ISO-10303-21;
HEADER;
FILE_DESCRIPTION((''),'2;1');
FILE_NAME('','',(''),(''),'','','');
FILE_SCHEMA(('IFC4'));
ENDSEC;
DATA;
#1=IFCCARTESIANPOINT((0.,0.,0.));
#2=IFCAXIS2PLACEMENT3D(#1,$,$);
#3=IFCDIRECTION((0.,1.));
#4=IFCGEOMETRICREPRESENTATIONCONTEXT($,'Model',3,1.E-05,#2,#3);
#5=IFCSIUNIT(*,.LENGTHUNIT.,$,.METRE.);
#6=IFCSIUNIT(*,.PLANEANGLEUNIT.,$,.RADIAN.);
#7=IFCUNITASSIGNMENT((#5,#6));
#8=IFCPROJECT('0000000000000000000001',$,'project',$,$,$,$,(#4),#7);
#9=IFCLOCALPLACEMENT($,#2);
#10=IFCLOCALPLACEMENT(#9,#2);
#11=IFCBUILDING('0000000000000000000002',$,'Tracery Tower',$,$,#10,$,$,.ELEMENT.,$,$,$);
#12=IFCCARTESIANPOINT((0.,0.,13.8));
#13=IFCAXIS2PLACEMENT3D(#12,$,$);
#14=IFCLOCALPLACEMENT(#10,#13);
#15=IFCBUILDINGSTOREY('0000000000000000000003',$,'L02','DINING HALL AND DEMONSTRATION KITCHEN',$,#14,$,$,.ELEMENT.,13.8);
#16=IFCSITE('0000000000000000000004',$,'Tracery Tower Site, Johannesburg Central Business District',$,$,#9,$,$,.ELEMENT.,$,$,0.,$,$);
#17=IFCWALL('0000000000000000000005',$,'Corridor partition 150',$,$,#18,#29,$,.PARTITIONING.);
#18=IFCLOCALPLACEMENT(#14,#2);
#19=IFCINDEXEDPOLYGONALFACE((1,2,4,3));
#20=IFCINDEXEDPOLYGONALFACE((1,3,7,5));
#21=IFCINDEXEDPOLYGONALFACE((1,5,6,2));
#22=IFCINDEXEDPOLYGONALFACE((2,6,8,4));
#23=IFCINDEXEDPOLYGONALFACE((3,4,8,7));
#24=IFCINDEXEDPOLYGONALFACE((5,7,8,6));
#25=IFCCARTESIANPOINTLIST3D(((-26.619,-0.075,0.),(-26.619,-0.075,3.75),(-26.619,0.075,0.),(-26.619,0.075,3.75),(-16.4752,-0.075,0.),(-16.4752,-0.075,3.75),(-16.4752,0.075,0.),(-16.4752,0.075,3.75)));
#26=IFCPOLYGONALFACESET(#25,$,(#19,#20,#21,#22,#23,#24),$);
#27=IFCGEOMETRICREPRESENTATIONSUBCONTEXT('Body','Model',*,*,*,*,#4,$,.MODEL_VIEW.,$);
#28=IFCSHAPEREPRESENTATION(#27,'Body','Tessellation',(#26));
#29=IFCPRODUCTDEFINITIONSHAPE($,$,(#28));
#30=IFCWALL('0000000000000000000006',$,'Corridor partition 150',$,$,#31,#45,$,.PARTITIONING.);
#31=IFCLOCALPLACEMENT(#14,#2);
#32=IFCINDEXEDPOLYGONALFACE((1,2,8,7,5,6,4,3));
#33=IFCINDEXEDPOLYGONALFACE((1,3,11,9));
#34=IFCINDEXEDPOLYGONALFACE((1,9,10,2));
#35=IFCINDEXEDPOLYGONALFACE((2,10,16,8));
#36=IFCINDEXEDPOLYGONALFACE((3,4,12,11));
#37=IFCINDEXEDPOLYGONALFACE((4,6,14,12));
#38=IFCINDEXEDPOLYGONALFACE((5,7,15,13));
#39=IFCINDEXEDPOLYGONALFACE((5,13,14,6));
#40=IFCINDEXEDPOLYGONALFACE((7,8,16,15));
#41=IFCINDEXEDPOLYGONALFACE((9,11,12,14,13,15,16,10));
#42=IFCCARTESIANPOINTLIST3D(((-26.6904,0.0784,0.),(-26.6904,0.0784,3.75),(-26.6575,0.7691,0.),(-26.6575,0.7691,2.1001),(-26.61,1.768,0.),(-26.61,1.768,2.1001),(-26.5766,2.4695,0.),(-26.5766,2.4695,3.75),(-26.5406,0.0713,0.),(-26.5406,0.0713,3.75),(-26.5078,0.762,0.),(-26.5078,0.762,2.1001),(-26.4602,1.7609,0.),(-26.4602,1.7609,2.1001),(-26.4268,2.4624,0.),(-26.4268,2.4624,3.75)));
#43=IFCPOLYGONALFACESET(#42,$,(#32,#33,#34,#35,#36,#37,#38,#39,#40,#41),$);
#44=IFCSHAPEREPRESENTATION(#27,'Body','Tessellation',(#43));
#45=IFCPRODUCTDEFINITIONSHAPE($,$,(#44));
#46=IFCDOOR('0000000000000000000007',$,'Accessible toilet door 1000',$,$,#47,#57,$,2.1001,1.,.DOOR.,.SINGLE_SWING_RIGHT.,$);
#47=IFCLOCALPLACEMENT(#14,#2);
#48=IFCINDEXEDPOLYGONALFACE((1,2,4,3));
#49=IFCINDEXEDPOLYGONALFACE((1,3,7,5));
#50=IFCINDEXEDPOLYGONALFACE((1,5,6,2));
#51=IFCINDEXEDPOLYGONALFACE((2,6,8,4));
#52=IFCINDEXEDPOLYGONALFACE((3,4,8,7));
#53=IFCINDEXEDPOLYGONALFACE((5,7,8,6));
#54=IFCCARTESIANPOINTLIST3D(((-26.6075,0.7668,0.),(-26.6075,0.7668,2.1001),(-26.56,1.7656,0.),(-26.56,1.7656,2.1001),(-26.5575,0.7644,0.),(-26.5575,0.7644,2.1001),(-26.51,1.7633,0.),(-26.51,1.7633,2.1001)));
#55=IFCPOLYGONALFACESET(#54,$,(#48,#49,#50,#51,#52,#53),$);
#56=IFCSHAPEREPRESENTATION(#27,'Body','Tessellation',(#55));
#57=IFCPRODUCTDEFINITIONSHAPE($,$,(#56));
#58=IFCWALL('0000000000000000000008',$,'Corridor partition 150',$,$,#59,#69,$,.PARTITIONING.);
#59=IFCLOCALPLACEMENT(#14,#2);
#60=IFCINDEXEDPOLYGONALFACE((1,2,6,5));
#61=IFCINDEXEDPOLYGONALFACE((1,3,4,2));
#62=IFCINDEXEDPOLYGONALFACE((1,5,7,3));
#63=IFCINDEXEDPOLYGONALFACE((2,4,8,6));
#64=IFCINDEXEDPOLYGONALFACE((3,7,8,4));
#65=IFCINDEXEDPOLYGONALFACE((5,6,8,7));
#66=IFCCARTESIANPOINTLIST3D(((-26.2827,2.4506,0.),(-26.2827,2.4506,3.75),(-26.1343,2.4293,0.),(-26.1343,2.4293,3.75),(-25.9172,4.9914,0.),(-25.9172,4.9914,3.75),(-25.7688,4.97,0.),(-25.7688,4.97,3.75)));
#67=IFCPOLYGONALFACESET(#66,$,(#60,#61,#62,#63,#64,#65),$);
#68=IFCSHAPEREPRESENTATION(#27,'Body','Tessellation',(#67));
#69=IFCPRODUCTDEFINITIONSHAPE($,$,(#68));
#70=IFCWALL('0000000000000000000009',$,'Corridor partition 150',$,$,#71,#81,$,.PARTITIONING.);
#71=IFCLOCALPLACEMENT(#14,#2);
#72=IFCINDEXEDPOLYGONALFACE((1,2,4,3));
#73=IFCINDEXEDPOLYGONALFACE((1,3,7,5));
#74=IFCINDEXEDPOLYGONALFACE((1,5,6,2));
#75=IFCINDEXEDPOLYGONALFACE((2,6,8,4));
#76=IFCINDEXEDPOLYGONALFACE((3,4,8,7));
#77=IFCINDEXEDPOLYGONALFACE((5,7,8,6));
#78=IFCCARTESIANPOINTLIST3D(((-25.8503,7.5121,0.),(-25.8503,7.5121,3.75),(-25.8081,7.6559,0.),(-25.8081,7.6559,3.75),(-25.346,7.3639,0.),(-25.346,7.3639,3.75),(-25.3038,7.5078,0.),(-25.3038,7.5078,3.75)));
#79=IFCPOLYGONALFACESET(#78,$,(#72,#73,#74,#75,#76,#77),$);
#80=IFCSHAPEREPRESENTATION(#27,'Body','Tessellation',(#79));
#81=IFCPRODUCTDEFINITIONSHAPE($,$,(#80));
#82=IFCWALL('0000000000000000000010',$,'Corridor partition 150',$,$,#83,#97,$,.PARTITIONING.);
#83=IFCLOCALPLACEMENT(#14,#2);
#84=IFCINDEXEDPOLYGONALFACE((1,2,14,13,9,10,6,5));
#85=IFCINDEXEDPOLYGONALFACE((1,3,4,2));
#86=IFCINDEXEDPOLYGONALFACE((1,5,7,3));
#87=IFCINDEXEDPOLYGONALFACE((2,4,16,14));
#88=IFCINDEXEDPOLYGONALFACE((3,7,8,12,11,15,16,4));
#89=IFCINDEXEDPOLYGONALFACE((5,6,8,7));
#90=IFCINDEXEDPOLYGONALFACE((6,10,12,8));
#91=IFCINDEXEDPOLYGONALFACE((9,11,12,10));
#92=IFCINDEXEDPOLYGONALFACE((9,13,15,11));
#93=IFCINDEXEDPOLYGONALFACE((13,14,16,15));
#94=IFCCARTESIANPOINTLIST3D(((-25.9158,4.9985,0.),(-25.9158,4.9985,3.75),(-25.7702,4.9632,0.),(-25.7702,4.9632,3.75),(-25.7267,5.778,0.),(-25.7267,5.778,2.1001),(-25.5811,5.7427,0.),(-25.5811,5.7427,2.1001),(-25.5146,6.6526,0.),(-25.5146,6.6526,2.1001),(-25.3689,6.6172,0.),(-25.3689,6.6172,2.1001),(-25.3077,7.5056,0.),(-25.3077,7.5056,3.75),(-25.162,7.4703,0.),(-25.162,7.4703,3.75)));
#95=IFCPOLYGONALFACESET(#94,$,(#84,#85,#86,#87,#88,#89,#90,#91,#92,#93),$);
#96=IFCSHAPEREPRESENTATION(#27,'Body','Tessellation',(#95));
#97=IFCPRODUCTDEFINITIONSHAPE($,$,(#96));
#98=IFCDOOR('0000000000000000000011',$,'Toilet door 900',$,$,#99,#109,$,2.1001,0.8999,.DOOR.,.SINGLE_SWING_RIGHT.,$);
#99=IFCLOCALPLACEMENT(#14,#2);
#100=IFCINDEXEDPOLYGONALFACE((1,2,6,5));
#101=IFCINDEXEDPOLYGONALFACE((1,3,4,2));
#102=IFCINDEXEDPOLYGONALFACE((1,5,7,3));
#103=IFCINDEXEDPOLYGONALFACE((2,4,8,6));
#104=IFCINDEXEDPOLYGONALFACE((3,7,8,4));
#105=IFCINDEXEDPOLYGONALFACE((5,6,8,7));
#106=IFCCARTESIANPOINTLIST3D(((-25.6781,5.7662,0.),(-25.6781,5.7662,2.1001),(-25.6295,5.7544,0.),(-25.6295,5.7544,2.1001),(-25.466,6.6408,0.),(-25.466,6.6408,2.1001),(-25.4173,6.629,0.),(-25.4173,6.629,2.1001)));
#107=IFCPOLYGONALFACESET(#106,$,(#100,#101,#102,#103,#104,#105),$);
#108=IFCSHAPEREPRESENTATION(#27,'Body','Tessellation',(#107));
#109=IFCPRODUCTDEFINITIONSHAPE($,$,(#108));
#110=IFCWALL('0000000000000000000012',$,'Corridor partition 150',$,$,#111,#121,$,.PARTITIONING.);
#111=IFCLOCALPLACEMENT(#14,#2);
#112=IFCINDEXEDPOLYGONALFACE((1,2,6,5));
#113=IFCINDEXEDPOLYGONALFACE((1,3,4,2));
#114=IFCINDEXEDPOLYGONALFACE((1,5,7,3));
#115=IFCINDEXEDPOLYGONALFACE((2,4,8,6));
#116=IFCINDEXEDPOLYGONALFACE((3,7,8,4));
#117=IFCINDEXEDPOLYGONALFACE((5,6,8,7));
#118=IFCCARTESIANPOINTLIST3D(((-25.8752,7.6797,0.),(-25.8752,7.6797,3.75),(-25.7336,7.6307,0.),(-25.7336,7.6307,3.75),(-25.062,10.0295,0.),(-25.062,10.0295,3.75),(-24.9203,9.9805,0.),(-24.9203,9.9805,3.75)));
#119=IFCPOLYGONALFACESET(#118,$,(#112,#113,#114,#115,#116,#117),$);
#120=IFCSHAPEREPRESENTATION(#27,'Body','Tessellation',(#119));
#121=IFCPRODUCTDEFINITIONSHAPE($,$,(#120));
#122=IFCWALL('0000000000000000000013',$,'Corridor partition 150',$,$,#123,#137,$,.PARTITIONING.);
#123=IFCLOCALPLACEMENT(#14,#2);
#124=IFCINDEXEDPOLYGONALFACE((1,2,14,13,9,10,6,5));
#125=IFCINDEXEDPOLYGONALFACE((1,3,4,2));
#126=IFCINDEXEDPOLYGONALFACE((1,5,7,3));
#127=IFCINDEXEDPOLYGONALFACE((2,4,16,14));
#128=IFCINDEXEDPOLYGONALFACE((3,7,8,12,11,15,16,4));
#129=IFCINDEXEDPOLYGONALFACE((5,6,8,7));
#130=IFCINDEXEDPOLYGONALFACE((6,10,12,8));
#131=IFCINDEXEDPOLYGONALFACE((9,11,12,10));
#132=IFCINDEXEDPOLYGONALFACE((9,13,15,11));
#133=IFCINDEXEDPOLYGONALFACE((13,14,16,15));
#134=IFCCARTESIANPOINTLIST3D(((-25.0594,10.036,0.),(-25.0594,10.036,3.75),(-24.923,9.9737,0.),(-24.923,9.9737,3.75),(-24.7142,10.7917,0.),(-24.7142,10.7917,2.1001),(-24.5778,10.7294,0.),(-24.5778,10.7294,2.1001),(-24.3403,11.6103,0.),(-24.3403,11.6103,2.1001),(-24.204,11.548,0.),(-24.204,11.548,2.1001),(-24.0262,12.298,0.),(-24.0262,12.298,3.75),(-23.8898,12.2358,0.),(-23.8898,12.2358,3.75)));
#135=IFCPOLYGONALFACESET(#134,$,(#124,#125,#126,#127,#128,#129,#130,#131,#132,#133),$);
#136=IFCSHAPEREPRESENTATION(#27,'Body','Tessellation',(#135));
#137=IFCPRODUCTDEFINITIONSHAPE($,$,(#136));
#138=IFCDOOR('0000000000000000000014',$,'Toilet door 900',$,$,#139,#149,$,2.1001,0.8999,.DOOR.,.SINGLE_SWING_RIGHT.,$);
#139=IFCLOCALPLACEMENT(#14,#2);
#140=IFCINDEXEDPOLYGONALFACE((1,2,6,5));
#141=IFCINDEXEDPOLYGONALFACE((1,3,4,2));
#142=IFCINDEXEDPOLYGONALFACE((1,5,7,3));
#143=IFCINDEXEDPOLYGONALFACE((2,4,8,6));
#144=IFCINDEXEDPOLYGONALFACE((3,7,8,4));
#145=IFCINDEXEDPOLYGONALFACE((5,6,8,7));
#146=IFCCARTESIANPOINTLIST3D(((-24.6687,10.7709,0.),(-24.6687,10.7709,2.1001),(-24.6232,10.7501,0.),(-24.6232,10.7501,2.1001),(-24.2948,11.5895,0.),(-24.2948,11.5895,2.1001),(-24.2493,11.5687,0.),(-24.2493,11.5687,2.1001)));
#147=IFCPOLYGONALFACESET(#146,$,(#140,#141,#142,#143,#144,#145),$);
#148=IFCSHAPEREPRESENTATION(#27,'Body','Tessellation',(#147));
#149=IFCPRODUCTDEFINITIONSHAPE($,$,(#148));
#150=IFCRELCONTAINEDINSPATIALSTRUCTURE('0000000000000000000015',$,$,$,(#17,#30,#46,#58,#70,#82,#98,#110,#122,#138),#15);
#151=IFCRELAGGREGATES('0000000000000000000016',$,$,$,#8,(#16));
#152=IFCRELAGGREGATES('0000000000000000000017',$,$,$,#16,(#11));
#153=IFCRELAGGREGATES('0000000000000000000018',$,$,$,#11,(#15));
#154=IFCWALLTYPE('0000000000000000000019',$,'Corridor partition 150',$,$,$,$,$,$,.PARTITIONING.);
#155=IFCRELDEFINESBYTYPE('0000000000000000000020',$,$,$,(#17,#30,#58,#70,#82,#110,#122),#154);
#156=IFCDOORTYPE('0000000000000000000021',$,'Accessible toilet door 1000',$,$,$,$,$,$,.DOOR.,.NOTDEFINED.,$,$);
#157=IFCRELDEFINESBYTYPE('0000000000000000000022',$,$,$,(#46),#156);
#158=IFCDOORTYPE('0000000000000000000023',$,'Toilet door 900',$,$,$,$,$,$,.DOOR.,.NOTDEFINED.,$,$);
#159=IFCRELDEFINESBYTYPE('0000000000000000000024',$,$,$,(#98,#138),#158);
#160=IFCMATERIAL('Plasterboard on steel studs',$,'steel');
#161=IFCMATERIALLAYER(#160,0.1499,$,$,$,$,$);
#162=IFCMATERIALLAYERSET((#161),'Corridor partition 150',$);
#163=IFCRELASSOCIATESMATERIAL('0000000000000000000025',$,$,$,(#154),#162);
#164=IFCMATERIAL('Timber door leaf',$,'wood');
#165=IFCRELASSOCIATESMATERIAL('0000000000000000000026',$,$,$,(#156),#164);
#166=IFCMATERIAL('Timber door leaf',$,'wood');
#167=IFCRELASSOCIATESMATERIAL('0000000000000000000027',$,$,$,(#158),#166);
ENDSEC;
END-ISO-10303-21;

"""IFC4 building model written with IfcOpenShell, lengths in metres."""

from ifc_helpers import new_model, si_unit, direction, frame, frame_2d, origin, place, context, subcontext, project, spatial, rectangle, extrude, material, layer, layer_set, type_object, element, fill, save


model = new_model("IFC4")

# Units and contexts
model_context = context("Model", 3, precision=1e-05, world=origin(), true_north=direction((0.0, 1.0)))
body_context = subcontext(model_context, "Body", "Model", "MODEL_VIEW")
ifc_project = project(units=[si_unit("LENGTHUNIT", "METRE"), si_unit("PLANEANGLEUNIT", "RADIAN")], contexts=[model_context])

# Site, building, storey
site_placement = place(None, origin())
site = spatial("IfcSite", under=ifc_project, at=site_placement, Name="Tracery Tower Site, Johannesburg Central Business District", CompositionType="ELEMENT", RefElevation=0.0)
building_placement = place(site_placement, origin())
building = spatial("IfcBuilding", under=site, at=building_placement, Name="Tracery Tower", CompositionType="ELEMENT")
storey_placement = place(building_placement, frame((0.0, 0.0, 13.8)))
storey = spatial("IfcBuildingStorey", under=building, at=storey_placement, Name="L02", Description="DINING HALL AND DEMONSTRATION KITCHEN", CompositionType="ELEMENT", Elevation=13.8)

# Wall
ifc_material_1 = material(Name="Plasterboard on steel studs", Category="steel")
ifc_layer_1 = layer(ifc_material_1, 0.1499)
ifc_layer_set_1 = layer_set([ifc_layer_1], Name="Corridor partition 150")
wall_type_1 = type_object("IfcWallType", Name="Corridor partition 150", PredefinedType="PARTITIONING", material=ifc_layer_set_1)
wall_1_placement = place(storey_placement, frame((-26.6189, 0.0, 0.0), z_axis=(0.0, 0.0, 1.0), x_axis=(1.0, 0.0, 0.0)))
element("IfcWall", 1, at=wall_1_placement, inside=storey, type_object=wall_type_1, Name="Corridor partition 150", PredefinedType="PARTITIONING", context=body_context, shape_type="SweptSolid", body=[
    extrude(rectangle(XDim=10.1438, YDim=0.1499, at=frame_2d((5.0718, 0.0))), origin(), (0.0, 0.0, 1.0), 3.75),
])

# Wall, opening, door
wall_2_placement = place(storey_placement, frame((-26.6155, 0.075, 0.0), z_axis=(0.0, 0.0, 1.0), x_axis=(0.047526, 0.99887, 0.0)))
wall_2 = element("IfcWall", 2, at=wall_2_placement, inside=storey, type_object=wall_type_1, Name="Corridor partition 150", PredefinedType="PARTITIONING", context=body_context, shape_type="SweptSolid", body=[
    extrude(rectangle(XDim=2.3938, YDim=0.1499, at=frame_2d((1.1968, 0.0))), origin(), (0.0, 0.0, 1.0), 3.75),
])
opening_1_placement = place(wall_2_placement, frame((0.6914, 0.0, 0.0)))
opening_1 = element("IfcOpeningElement", 3, at=opening_1_placement, cuts=wall_2, PredefinedType="OPENING", context=body_context, shape_type="SweptSolid", body=[
    extrude(rectangle(XDim=1.0, YDim=2.1001, at=frame_2d((0.5, 1.05))), frame((0.0, 0.075, 0.0), z_axis=(0.0, -1.0, 0.0), x_axis=(1.0, 0.0, 0.0)), (0.0, 0.0, 1.0), 0.1499),
])
ifc_material_2 = material(Name="Timber door leaf", Category="wood")
door_type_1 = type_object("IfcDoorType", Name="Accessible toilet door 1000", OperationType="NOTDEFINED", PredefinedType="DOOR", material=ifc_material_2)
door_1_placement = place(opening_1_placement, origin())
door_1 = element("IfcDoor", 4, at=door_1_placement, inside=storey, type_object=door_type_1, Name="Accessible toilet door 1000", OperationType="SINGLE_SWING_RIGHT", OverallHeight=2.1001, OverallWidth=1.0, PredefinedType="DOOR", context=body_context, shape_type="SweptSolid", body=[
    extrude(rectangle(XDim=1.0, YDim=2.1001, at=frame_2d((0.5, 1.05))), frame((0.0, 0.0249, 0.0), z_axis=(0.0, -1.0, 0.0), x_axis=(1.0, 0.0, 0.0)), (0.0, 0.0, 1.0), 0.05),
])
fill(opening_1, door_1)

# Walls
wall_3_placement = place(storey_placement, frame((-25.843, 4.9807, 0.0), z_axis=(0.0, 0.0, 1.0), x_axis=(-0.14238, -0.989812, 0.0)))
element("IfcWall", 5, at=wall_3_placement, inside=storey, type_object=wall_type_1, Name="Corridor partition 150", PredefinedType="PARTITIONING", context=body_context, shape_type="SweptSolid", body=[
    extrude(rectangle(XDim=2.5669, YDim=0.1499, at=frame_2d((1.2834, 0.0))), origin(), (0.0, 0.0, 1.0), 3.75),
])
wall_4_placement = place(storey_placement, frame((-25.8291, 7.584, 0.0), z_axis=(0.0, 0.0, 1.0), x_axis=(0.959447, -0.28189, 0.0)))
element("IfcWall", 6, at=wall_4_placement, inside=storey, type_object=wall_type_1, Name="Corridor partition 150", PredefinedType="PARTITIONING", context=body_context, shape_type="SweptSolid", body=[
    extrude(rectangle(XDim=0.5256, YDim=0.1499, at=frame_2d((0.2627, 0.0))), origin(), (0.0, 0.0, 1.0), 3.75),
])

# Wall, opening, door
wall_5_placement = place(storey_placement, frame((-25.843, 4.9807, 0.0), z_axis=(0.0, 0.0, 1.0), x_axis=(0.235738, 0.971817, 0.0)))
wall_5 = element("IfcWall", 7, at=wall_5_placement, inside=storey, type_object=wall_type_1, Name="Corridor partition 150", PredefinedType="PARTITIONING", context=body_context, shape_type="SweptSolid", body=[
    extrude(rectangle(XDim=2.5798, YDim=0.1499, at=frame_2d((1.29, 0.0))), origin(), (0.0, 0.0, 1.0), 3.75),
])
opening_2_placement = place(wall_5_placement, frame((0.8022, 0.0, 0.0)))
opening_2 = element("IfcOpeningElement", 8, at=opening_2_placement, cuts=wall_5, PredefinedType="OPENING", context=body_context, shape_type="SweptSolid", body=[
    extrude(rectangle(XDim=0.8999, YDim=2.1001, at=frame_2d((0.45, 1.05))), frame((0.0, 0.075, 0.0), z_axis=(0.0, -1.0, 0.0), x_axis=(1.0, 0.0, 0.0)), (0.0, 0.0, 1.0), 0.1499),
])
ifc_material_3 = material(Name="Timber door leaf", Category="wood")
door_type_2 = type_object("IfcDoorType", Name="Toilet door 900", OperationType="NOTDEFINED", PredefinedType="DOOR", material=ifc_material_3)
door_2_placement = place(opening_2_placement, origin())
door_2 = element("IfcDoor", 9, at=door_2_placement, inside=storey, type_object=door_type_2, Name="Toilet door 900", OperationType="SINGLE_SWING_RIGHT", OverallHeight=2.1001, OverallWidth=0.8999, PredefinedType="DOOR", context=body_context, shape_type="SweptSolid", body=[
    extrude(rectangle(XDim=0.8999, YDim=2.1001, at=frame_2d((0.45, 1.05))), frame((0.0, 0.0249, 0.0), z_axis=(0.0, -1.0, 0.0), x_axis=(1.0, 0.0, 0.0)), (0.0, 0.0, 1.0), 0.05),
])
fill(opening_2, door_2)

# Wall
wall_6_placement = place(storey_placement, frame((-24.9912, 10.0049, 0.0), z_axis=(0.0, 0.0, 1.0), x_axis=(-0.327046, -0.945008, 0.0)))
element("IfcWall", 10, at=wall_6_placement, inside=storey, type_object=wall_type_1, Name="Corridor partition 150", PredefinedType="PARTITIONING", context=body_context, shape_type="SweptSolid", body=[
    extrude(rectangle(XDim=2.4866, YDim=0.1499, at=frame_2d((1.2432, 0.0))), origin(), (0.0, 0.0, 1.0), 3.75),
])

# Wall, opening, door
wall_7_placement = place(storey_placement, frame((-24.9912, 10.0049, 0.0), z_axis=(0.0, 0.0, 1.0), x_axis=(0.415481, 0.909602, 0.0)))
wall_7 = element("IfcWall", 11, at=wall_7_placement, inside=storey, type_object=wall_type_1, Name="Corridor partition 150", PredefinedType="PARTITIONING", context=body_context, shape_type="SweptSolid", body=[
    extrude(rectangle(XDim=2.4868, YDim=0.1499, at=frame_2d((1.2434, 0.0))), origin(), (0.0, 0.0, 1.0), 3.75),
])
opening_3_placement = place(wall_7_placement, frame((0.8308, 0.0, 0.0)))
opening_3 = element("IfcOpeningElement", 12, at=opening_3_placement, cuts=wall_7, PredefinedType="OPENING", context=body_context, shape_type="SweptSolid", body=[
    extrude(rectangle(XDim=0.8999, YDim=2.1001, at=frame_2d((0.45, 1.05))), frame((0.0, 0.075, 0.0), z_axis=(0.0, -1.0, 0.0), x_axis=(1.0, 0.0, 0.0)), (0.0, 0.0, 1.0), 0.1499),
])
door_3_placement = place(opening_3_placement, origin())
door_3 = element("IfcDoor", 13, at=door_3_placement, inside=storey, type_object=door_type_2, Name="Toilet door 900", OperationType="SINGLE_SWING_RIGHT", OverallHeight=2.1001, OverallWidth=0.8999, PredefinedType="DOOR", context=body_context, shape_type="SweptSolid", body=[
    extrude(rectangle(XDim=0.8999, YDim=2.1001, at=frame_2d((0.45, 1.05))), frame((0.0, 0.0249, 0.0), z_axis=(0.0, -1.0, 0.0), x_axis=(1.0, 0.0, 0.0)), (0.0, 0.0, 1.0), 0.05),
])
fill(opening_3, door_3)

save(model, "model.ifc")
